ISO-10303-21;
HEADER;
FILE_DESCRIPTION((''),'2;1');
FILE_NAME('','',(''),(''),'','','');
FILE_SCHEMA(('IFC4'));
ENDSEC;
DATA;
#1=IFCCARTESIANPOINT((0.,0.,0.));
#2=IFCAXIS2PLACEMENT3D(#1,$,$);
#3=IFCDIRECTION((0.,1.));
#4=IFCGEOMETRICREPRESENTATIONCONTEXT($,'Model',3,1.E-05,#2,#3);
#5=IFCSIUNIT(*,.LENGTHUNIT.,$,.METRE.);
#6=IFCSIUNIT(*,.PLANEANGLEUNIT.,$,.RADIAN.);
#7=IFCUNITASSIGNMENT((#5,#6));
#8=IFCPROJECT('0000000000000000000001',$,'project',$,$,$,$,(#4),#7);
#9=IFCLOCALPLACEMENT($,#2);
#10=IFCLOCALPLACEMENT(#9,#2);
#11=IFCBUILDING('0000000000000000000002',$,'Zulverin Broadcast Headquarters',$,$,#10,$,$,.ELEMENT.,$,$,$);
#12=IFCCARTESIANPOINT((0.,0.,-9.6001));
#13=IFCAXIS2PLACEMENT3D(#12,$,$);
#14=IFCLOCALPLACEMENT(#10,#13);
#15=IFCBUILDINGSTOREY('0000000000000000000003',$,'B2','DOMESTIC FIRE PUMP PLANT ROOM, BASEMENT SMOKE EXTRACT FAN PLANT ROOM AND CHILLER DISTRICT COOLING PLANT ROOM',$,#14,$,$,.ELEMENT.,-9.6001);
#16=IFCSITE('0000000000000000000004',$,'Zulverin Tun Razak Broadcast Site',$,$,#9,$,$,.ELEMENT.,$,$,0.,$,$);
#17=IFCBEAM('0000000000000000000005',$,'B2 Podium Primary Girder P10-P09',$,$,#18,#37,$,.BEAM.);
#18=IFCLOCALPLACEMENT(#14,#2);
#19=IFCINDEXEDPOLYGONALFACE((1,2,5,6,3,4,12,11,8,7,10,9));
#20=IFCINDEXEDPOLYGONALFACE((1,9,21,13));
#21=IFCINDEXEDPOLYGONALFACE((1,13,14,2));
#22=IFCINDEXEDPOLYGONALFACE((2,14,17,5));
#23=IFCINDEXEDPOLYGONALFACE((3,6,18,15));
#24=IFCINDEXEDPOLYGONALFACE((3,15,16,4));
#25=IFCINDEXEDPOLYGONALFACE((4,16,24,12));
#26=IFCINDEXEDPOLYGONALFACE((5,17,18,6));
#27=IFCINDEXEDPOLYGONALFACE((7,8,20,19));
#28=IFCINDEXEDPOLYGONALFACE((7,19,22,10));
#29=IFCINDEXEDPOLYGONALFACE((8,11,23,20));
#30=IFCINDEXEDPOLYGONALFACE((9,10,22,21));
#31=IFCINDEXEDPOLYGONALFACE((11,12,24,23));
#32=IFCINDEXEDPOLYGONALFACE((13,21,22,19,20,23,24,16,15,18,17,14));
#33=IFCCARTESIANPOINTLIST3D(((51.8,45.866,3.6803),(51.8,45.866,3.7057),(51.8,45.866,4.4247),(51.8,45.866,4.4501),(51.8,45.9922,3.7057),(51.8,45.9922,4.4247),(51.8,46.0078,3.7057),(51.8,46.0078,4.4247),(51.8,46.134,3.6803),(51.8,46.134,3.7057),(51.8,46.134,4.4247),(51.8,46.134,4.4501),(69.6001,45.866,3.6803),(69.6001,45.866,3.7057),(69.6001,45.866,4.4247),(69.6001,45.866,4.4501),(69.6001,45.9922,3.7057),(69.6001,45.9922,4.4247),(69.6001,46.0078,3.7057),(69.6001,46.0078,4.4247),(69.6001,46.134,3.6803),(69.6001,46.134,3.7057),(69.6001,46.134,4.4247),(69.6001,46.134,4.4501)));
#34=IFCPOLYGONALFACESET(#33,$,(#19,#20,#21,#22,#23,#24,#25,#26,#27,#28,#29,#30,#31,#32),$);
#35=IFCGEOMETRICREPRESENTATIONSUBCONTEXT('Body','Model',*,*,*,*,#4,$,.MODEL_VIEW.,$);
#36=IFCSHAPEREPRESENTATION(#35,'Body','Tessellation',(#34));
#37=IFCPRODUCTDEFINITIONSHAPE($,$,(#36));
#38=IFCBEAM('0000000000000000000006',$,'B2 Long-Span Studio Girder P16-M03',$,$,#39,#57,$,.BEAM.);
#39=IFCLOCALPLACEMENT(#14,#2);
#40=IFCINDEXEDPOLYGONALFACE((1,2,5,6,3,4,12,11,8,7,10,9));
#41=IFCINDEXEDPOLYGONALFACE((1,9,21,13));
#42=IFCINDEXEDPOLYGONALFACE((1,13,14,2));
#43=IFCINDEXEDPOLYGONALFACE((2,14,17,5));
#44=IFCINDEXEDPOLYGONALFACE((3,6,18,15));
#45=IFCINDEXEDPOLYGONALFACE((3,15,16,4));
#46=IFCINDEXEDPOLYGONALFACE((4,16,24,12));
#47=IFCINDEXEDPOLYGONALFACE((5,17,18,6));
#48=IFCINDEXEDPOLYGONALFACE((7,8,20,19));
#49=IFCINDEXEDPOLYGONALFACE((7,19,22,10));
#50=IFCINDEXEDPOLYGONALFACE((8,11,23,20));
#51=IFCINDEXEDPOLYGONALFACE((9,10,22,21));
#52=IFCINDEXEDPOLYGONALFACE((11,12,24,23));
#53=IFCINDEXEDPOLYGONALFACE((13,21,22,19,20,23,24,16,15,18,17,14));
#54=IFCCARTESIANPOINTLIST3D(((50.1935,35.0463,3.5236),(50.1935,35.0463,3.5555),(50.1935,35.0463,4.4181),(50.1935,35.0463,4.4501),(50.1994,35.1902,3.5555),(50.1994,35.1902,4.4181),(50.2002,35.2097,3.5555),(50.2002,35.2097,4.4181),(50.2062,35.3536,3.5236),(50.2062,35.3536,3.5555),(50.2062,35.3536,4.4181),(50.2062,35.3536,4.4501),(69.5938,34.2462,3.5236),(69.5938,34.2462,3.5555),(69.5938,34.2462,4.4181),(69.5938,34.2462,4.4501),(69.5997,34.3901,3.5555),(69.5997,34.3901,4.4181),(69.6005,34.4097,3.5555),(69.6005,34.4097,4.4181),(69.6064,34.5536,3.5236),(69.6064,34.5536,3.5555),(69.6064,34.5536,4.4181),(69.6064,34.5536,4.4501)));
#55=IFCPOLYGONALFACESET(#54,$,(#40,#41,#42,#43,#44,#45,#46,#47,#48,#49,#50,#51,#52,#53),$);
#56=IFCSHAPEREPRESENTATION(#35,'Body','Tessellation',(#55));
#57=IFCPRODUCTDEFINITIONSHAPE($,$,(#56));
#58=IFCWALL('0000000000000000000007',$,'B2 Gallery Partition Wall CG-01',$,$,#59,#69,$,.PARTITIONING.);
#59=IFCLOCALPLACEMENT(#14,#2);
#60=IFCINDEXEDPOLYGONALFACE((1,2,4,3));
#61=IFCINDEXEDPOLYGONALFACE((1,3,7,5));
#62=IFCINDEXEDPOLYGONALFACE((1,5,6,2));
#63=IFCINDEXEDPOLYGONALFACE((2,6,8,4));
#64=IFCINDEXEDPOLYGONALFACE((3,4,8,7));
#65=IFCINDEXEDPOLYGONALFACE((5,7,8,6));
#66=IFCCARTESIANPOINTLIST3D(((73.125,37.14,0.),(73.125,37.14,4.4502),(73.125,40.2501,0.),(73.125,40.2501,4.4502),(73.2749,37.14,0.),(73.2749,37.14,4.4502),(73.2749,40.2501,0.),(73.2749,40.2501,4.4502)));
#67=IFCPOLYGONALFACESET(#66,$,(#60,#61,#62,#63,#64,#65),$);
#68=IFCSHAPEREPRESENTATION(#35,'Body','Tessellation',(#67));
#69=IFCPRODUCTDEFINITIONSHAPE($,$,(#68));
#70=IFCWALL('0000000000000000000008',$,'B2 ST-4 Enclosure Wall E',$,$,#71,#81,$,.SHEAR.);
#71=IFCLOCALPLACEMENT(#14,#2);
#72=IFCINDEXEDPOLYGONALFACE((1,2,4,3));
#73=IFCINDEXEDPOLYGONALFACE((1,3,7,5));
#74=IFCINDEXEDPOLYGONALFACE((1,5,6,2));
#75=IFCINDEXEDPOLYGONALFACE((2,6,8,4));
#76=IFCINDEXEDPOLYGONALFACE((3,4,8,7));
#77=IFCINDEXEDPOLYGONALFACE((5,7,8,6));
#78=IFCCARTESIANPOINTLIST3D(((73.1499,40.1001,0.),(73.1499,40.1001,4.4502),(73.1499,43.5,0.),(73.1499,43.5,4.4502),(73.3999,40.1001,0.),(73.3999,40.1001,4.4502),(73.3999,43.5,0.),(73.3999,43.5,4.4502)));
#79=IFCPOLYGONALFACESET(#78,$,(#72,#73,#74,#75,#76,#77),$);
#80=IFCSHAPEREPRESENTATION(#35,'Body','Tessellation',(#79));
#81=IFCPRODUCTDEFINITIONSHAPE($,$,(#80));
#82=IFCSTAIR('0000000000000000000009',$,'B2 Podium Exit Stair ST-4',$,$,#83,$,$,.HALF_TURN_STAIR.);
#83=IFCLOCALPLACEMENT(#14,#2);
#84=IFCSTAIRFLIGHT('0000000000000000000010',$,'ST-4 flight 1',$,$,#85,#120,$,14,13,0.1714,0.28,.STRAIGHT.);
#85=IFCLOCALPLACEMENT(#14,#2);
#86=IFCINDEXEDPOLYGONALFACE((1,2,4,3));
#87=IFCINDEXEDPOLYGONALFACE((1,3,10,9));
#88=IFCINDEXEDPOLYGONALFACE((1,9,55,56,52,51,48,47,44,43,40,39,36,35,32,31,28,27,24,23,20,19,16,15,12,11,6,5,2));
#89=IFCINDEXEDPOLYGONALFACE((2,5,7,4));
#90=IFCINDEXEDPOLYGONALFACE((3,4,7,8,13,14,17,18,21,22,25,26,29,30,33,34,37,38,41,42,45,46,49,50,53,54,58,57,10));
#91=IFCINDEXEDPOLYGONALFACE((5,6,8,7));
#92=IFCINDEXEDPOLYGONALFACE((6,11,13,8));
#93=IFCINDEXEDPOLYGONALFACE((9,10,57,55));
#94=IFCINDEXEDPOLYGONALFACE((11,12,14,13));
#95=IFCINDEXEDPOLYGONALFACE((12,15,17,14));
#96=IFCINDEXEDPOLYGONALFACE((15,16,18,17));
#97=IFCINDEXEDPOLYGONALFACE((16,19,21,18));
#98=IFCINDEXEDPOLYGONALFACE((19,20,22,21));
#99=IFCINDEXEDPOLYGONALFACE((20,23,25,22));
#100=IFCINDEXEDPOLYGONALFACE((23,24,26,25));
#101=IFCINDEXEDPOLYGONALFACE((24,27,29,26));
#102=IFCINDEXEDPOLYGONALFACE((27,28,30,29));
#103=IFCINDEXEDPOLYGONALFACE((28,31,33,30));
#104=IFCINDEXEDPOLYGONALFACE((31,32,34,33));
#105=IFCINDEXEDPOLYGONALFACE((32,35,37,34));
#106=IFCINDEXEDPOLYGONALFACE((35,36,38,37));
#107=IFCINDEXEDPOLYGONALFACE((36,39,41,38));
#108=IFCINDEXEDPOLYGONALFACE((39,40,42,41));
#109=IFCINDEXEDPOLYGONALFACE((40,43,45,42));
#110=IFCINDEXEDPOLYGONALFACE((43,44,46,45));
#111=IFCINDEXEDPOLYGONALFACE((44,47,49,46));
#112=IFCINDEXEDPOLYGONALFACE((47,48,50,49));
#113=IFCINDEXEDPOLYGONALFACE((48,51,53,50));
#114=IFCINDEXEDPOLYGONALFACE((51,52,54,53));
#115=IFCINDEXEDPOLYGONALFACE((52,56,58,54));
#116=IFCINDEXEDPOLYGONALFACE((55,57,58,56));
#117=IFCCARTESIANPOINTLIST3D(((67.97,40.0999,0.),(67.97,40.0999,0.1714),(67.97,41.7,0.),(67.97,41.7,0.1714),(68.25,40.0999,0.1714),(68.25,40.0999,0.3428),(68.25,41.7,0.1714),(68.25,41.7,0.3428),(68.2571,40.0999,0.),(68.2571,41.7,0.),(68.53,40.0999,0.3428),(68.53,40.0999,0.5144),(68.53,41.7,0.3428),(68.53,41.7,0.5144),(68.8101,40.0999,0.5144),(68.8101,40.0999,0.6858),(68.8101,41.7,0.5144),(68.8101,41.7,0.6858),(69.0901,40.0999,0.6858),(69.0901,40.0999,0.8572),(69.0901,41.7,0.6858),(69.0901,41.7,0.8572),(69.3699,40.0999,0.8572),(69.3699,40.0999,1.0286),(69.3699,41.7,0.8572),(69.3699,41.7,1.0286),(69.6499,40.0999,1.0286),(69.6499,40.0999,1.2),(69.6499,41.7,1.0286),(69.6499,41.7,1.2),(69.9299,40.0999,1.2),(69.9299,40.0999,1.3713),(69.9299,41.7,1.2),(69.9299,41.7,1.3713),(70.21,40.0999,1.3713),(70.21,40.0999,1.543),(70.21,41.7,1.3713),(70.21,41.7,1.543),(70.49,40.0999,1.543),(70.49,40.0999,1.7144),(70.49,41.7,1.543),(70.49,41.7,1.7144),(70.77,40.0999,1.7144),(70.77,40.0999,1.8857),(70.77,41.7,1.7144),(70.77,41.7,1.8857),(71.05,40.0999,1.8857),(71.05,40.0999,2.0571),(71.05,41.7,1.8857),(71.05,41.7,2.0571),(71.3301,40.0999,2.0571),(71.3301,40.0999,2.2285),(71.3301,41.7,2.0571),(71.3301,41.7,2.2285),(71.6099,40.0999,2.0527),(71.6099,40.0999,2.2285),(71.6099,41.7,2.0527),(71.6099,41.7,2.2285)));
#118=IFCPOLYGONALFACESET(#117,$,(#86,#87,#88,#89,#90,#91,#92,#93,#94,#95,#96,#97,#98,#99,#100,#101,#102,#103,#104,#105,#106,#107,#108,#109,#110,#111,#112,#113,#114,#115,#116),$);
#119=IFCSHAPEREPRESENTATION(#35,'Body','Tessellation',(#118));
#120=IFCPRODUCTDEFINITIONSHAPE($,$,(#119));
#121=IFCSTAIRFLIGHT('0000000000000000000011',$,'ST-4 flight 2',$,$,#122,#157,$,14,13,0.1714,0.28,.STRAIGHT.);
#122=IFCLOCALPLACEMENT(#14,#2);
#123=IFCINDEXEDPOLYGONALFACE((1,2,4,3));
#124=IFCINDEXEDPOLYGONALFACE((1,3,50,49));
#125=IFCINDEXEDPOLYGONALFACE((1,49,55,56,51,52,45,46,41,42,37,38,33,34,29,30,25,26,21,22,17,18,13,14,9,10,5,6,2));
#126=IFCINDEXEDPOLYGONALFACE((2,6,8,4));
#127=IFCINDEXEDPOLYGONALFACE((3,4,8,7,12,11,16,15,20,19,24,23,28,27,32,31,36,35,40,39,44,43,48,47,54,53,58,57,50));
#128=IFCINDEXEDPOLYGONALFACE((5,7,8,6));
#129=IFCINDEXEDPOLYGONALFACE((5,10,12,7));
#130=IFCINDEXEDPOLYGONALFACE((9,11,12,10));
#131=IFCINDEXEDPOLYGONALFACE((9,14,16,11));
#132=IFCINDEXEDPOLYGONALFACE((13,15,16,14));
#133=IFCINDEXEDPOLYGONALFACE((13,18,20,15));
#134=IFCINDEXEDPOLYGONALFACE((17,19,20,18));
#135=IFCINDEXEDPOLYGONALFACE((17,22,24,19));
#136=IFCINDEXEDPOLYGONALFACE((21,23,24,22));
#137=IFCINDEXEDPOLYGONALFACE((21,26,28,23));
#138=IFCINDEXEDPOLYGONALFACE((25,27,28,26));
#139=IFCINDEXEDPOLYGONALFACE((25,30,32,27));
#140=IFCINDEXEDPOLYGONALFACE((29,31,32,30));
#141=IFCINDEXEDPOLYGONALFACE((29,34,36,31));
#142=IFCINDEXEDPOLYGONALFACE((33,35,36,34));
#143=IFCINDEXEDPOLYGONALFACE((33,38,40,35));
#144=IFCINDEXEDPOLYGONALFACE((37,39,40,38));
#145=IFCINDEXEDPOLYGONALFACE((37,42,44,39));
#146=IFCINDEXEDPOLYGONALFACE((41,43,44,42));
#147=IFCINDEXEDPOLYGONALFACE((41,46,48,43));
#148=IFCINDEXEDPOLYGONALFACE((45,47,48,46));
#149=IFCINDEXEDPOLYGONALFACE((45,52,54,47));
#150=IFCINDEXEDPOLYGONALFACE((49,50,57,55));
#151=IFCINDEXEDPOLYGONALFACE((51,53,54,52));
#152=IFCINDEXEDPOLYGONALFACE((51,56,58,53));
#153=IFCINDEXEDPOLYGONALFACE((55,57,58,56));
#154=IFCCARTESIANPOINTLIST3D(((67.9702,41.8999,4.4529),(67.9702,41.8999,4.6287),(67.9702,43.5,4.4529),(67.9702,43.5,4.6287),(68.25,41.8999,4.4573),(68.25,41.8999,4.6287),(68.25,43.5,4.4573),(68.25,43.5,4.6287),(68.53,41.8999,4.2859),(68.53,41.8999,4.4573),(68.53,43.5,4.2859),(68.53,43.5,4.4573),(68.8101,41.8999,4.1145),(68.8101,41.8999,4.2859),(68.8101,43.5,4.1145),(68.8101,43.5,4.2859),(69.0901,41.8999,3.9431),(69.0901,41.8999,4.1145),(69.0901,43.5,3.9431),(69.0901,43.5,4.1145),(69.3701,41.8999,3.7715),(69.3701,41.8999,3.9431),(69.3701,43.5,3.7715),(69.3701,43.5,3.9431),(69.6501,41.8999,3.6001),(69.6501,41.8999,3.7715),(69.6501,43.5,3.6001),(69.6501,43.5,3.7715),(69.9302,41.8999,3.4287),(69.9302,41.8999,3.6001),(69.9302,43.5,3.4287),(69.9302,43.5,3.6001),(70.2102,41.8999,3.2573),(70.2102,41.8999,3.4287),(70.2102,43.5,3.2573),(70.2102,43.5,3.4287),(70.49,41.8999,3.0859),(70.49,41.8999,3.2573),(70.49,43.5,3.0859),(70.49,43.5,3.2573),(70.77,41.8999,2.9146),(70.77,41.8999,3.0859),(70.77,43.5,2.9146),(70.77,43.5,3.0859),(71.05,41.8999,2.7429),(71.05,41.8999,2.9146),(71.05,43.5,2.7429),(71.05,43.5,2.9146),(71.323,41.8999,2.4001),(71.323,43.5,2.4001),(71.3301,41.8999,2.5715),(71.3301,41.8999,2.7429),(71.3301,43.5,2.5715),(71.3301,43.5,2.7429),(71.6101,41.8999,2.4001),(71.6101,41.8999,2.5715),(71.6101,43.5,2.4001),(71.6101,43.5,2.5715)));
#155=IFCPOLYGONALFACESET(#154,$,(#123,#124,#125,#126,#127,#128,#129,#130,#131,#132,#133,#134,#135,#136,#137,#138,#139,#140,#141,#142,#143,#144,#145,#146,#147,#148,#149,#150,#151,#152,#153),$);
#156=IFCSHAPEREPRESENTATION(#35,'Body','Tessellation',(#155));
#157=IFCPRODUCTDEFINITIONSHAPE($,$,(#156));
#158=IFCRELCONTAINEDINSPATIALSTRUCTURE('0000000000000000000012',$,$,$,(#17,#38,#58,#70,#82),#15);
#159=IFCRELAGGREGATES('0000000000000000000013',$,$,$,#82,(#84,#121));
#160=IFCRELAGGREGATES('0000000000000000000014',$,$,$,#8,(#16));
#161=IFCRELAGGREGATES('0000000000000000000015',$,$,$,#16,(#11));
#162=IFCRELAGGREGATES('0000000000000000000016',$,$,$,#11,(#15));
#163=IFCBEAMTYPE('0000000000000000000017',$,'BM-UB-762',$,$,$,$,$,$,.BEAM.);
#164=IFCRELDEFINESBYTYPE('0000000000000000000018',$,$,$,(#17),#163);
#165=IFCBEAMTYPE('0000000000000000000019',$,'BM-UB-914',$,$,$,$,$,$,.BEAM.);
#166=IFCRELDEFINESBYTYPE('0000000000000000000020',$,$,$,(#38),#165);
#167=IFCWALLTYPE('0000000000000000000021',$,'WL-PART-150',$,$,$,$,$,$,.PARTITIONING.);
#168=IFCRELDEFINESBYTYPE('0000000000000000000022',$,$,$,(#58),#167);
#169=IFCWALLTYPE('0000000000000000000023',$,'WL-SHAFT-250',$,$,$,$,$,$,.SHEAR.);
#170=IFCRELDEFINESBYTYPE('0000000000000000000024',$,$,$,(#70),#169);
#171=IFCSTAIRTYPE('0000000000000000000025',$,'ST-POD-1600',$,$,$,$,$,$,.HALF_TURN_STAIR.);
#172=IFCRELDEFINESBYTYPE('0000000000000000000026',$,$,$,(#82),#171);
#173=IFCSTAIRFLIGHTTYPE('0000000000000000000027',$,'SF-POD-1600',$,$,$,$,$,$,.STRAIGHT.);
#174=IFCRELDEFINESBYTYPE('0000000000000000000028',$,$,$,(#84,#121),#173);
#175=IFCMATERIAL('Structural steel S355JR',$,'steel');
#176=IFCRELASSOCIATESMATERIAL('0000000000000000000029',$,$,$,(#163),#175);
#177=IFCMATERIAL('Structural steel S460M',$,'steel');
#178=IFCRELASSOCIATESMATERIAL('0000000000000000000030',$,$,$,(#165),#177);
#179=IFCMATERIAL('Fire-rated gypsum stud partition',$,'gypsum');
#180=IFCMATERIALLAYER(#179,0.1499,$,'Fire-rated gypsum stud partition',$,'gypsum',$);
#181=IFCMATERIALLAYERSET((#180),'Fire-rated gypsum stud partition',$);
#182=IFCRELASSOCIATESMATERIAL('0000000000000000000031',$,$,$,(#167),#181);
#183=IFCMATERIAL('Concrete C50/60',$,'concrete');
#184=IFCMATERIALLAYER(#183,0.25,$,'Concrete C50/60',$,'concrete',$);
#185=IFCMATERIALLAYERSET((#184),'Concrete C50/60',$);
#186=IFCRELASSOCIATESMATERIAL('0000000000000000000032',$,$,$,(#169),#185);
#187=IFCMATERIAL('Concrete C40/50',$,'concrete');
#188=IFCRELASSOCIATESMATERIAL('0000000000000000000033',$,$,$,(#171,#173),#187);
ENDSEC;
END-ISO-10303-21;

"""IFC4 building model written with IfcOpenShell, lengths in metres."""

from ifc_helpers import new_model, si_unit, direction, frame, frame_2d, origin, origin_2d, place, context, subcontext, project, spatial, polyline, rectangle, i_section, outline, extrude, material, layer, layer_set, material_profile, profile_set, type_object, element, aggregate, save


model = new_model("IFC4")

# Units and contexts
model_context = context("Model", 3, precision=1e-05, world=origin(), true_north=direction((0.0, 1.0)))
body_context = subcontext(model_context, "Body", "Model", "MODEL_VIEW")
ifc_project = project(units=[si_unit("LENGTHUNIT", "METRE"), si_unit("PLANEANGLEUNIT", "RADIAN")], contexts=[model_context])

# Site, building, storey
site_placement = place(None, origin())
site = spatial("IfcSite", under=ifc_project, at=site_placement, Name="Zulverin Tun Razak Broadcast Site", CompositionType="ELEMENT", RefElevation=0.0)
building_placement = place(site_placement, origin())
building = spatial("IfcBuilding", under=site, at=building_placement, Name="Zulverin Broadcast Headquarters", CompositionType="ELEMENT")
storey_placement = place(building_placement, frame((0.0, 0.0, -9.6001)))
storey = spatial("IfcBuildingStorey", under=building, at=storey_placement, Name="B2", Description="DOMESTIC FIRE PUMP PLANT ROOM, BASEMENT SMOKE EXTRACT FAN PLANT ROOM AND CHILLER DISTRICT COOLING PLANT ROOM", CompositionType="ELEMENT", Elevation=-9.6001)

# Shared definitions
ifc_material_1 = material(Name="Concrete C50/60", Category="concrete")

# Beams
ifc_material_2 = material(Name="Structural steel S355JR", Category="steel")
ifc_material_profile_1 = material_profile(ifc_material_2, i_section(OverallWidth=0.2681, OverallDepth=0.7698, WebThickness=0.0156, FlangeThickness=0.0254, at=origin_2d()), Name="Structural steel S355JR", Category="steel")
ifc_profile_set_1 = profile_set([ifc_material_profile_1], Name="Structural steel S355JR")
beam_type_1 = type_object("IfcBeamType", Name="BM-UB-762", PredefinedType="BEAM", material=ifc_profile_set_1)
beam_1_placement = place(storey_placement, frame((69.6001, 46.0, 4.0652), z_axis=(-1.0, 0.0, 0.0), x_axis=(0.0, -1.0, 0.0)))
element("IfcBeam", 1, at=beam_1_placement, inside=storey, type_object=beam_type_1, Name="B2 Podium Primary Girder P10-P09", PredefinedType="BEAM", context=body_context, shape_type="SweptSolid", body=[
    extrude(i_section(OverallWidth=0.2681, OverallDepth=0.7698, WebThickness=0.0156, FlangeThickness=0.0254, at=origin_2d()), origin(), (0.0, 0.0, 1.0), 17.8),
])
ifc_material_3 = material(Name="Structural steel S460M", Category="steel")
ifc_material_profile_2 = material_profile(ifc_material_3, i_section(OverallWidth=0.3076, OverallDepth=0.9265, WebThickness=0.0195, FlangeThickness=0.032, at=origin_2d()), Name="Structural steel S460M", Category="steel")
ifc_profile_set_2 = profile_set([ifc_material_profile_2], Name="Structural steel S460M")
beam_type_2 = type_object("IfcBeamType", Name="BM-UB-914", PredefinedType="BEAM", material=ifc_profile_set_2)
beam_2_placement = place(storey_placement, frame((69.6001, 34.3999, 3.9868), z_axis=(-0.999151, 0.041204, 0.0), x_axis=(-0.041204, -0.999151, 0.0)))
element("IfcBeam", 2, at=beam_2_placement, inside=storey, type_object=beam_type_2, Name="B2 Long-Span Studio Girder P16-M03", PredefinedType="BEAM", context=body_context, shape_type="SweptSolid", body=[
    extrude(i_section(OverallWidth=0.3076, OverallDepth=0.9265, WebThickness=0.0195, FlangeThickness=0.032, at=origin_2d()), origin(), (0.0, 0.0, 1.0), 19.4167),
])

# Walls
ifc_material_4 = material(Name="Fire-rated gypsum stud partition", Category="gypsum")
ifc_layer_1 = layer(ifc_material_4, 0.1499, Name="Fire-rated gypsum stud partition", Category="gypsum")
ifc_layer_set_1 = layer_set([ifc_layer_1], Name="Fire-rated gypsum stud partition")
wall_type_1 = type_object("IfcWallType", Name="WL-PART-150", PredefinedType="PARTITIONING", material=ifc_layer_set_1)
wall_1_placement = place(storey_placement, frame((73.2, 37.1399, 0.0), z_axis=(0.0, 0.0, 1.0), x_axis=(0.0, 1.0, 0.0)))
element("IfcWall", 3, at=wall_1_placement, inside=storey, type_object=wall_type_1, Name="B2 Gallery Partition Wall CG-01", PredefinedType="PARTITIONING", context=body_context, shape_type="SweptSolid", body=[
    extrude(rectangle(XDim=3.1101, YDim=0.1499, at=frame_2d((1.5552, 0.0))), origin(), (0.0, 0.0, 1.0), 4.4502),
])
ifc_layer_2 = layer(ifc_material_1, 0.25, Name="Concrete C50/60", Category="concrete")
ifc_layer_set_2 = layer_set([ifc_layer_2], Name="Concrete C50/60")
wall_type_2 = type_object("IfcWallType", Name="WL-SHAFT-250", PredefinedType="SHEAR", material=ifc_layer_set_2)
wall_2_placement = place(storey_placement, frame((73.2749, 40.1001, 0.0), z_axis=(0.0, 0.0, 1.0), x_axis=(0.0, 1.0, 0.0)))
element("IfcWall", 4, at=wall_2_placement, inside=storey, type_object=wall_type_2, Name="B2 ST-4 Enclosure Wall E", PredefinedType="SHEAR", context=body_context, shape_type="SweptSolid", body=[
    extrude(rectangle(XDim=3.3999, YDim=0.25, at=frame_2d((1.7, 0.0))), origin(), (0.0, 0.0, 1.0), 4.4502),
])

# Stair, stair flights
ifc_material_5 = material(Name="Concrete C40/50", Category="concrete")
stair_type = type_object("IfcStairType", Name="ST-POD-1600", PredefinedType="HALF_TURN_STAIR", material=ifc_material_5)
stair_placement = place(storey_placement, origin())
stair = element("IfcStair", 5, at=stair_placement, inside=storey, type_object=stair_type, Name="B2 Podium Exit Stair ST-4", PredefinedType="HALF_TURN_STAIR")
stair_flight_type = type_object("IfcStairFlightType", Name="SF-POD-1600", PredefinedType="STRAIGHT", material=ifc_material_5)
stair_flight_1_placement = place(storey_placement, frame((67.97, 40.8999, 0.0), z_axis=(0.0, 0.0, 1.0), x_axis=(1.0, 0.0, 0.0)))
stair_flight_1 = element("IfcStairFlight", 6, at=stair_flight_1_placement, type_object=stair_flight_type, Name="ST-4 flight 1", NumberOfRisers=14, NumberOfTreads=13, PredefinedType="STRAIGHT", RiserHeight=0.1714, TreadLength=0.28, context=body_context, shape_type="SweptSolid", body=[
    extrude(outline(polyline([(0.0, 0.0), (0.0, 0.1714), (0.28, 0.1714), (0.28, 0.3428), (0.5601, 0.3428), (0.5601, 0.5144), (0.8401, 0.5144), (0.8401, 0.6858), (1.1201, 0.6858), (1.1201, 0.8572), (1.3999, 0.8572), (1.3999, 1.0286), (1.6799, 1.0286), (1.6799, 1.2), (1.96, 1.2), (1.96, 1.3713), (2.24, 1.3713), (2.24, 1.543), (2.52, 1.543), (2.52, 1.7144), (2.8, 1.7144), (2.8, 1.8857), (3.0801, 1.8857), (3.0801, 2.0571), (3.3601, 2.0571), (3.3601, 2.2285), (3.6399, 2.2285), (3.6399, 2.3999), (3.6399, 2.0527), (0.2871, 0.0), (0.0, 0.0)])), frame((0.0, 0.8, 0.0), z_axis=(0.0, -1.0, 0.0), x_axis=(1.0, 0.0, 0.0)), (0.0, 0.0, 1.0), 1.6001),
])
stair_flight_2_placement = place(storey_placement, frame((71.6101, 42.7, 2.4001), z_axis=(0.0, 0.0, 1.0), x_axis=(-1.0, 0.0, 0.0)))
stair_flight_2 = element("IfcStairFlight", 7, at=stair_flight_2_placement, type_object=stair_flight_type, Name="ST-4 flight 2", NumberOfRisers=14, NumberOfTreads=13, PredefinedType="STRAIGHT", RiserHeight=0.1714, TreadLength=0.28, context=body_context, shape_type="SweptSolid", body=[
    extrude(outline(polyline([(0.0, 0.0), (0.0, 0.1714), (0.28, 0.1714), (0.28, 0.3428), (0.5601, 0.3428), (0.5601, 0.5144), (0.8401, 0.5144), (0.8401, 0.6858), (1.1201, 0.6858), (1.1201, 0.8572), (1.3999, 0.8572), (1.3999, 1.0286), (1.6799, 1.0286), (1.6799, 1.2), (1.96, 1.2), (1.96, 1.3713), (2.24, 1.3713), (2.24, 1.543), (2.52, 1.543), (2.52, 1.7144), (2.8, 1.7144), (2.8, 1.8857), (3.0801, 1.8857), (3.0801, 2.0571), (3.3601, 2.0571), (3.3601, 2.2285), (3.6399, 2.2285), (3.6399, 2.3999), (3.6399, 2.0527), (0.2871, 0.0), (0.0, 0.0)])), frame((0.0, 0.8, 0.0), z_axis=(0.0, -1.0, 0.0), x_axis=(1.0, 0.0, 0.0)), (0.0, 0.0, 1.0), 1.6001),
])
aggregate(stair, [stair_flight_1, stair_flight_2])

save(model, "model.ifc")
